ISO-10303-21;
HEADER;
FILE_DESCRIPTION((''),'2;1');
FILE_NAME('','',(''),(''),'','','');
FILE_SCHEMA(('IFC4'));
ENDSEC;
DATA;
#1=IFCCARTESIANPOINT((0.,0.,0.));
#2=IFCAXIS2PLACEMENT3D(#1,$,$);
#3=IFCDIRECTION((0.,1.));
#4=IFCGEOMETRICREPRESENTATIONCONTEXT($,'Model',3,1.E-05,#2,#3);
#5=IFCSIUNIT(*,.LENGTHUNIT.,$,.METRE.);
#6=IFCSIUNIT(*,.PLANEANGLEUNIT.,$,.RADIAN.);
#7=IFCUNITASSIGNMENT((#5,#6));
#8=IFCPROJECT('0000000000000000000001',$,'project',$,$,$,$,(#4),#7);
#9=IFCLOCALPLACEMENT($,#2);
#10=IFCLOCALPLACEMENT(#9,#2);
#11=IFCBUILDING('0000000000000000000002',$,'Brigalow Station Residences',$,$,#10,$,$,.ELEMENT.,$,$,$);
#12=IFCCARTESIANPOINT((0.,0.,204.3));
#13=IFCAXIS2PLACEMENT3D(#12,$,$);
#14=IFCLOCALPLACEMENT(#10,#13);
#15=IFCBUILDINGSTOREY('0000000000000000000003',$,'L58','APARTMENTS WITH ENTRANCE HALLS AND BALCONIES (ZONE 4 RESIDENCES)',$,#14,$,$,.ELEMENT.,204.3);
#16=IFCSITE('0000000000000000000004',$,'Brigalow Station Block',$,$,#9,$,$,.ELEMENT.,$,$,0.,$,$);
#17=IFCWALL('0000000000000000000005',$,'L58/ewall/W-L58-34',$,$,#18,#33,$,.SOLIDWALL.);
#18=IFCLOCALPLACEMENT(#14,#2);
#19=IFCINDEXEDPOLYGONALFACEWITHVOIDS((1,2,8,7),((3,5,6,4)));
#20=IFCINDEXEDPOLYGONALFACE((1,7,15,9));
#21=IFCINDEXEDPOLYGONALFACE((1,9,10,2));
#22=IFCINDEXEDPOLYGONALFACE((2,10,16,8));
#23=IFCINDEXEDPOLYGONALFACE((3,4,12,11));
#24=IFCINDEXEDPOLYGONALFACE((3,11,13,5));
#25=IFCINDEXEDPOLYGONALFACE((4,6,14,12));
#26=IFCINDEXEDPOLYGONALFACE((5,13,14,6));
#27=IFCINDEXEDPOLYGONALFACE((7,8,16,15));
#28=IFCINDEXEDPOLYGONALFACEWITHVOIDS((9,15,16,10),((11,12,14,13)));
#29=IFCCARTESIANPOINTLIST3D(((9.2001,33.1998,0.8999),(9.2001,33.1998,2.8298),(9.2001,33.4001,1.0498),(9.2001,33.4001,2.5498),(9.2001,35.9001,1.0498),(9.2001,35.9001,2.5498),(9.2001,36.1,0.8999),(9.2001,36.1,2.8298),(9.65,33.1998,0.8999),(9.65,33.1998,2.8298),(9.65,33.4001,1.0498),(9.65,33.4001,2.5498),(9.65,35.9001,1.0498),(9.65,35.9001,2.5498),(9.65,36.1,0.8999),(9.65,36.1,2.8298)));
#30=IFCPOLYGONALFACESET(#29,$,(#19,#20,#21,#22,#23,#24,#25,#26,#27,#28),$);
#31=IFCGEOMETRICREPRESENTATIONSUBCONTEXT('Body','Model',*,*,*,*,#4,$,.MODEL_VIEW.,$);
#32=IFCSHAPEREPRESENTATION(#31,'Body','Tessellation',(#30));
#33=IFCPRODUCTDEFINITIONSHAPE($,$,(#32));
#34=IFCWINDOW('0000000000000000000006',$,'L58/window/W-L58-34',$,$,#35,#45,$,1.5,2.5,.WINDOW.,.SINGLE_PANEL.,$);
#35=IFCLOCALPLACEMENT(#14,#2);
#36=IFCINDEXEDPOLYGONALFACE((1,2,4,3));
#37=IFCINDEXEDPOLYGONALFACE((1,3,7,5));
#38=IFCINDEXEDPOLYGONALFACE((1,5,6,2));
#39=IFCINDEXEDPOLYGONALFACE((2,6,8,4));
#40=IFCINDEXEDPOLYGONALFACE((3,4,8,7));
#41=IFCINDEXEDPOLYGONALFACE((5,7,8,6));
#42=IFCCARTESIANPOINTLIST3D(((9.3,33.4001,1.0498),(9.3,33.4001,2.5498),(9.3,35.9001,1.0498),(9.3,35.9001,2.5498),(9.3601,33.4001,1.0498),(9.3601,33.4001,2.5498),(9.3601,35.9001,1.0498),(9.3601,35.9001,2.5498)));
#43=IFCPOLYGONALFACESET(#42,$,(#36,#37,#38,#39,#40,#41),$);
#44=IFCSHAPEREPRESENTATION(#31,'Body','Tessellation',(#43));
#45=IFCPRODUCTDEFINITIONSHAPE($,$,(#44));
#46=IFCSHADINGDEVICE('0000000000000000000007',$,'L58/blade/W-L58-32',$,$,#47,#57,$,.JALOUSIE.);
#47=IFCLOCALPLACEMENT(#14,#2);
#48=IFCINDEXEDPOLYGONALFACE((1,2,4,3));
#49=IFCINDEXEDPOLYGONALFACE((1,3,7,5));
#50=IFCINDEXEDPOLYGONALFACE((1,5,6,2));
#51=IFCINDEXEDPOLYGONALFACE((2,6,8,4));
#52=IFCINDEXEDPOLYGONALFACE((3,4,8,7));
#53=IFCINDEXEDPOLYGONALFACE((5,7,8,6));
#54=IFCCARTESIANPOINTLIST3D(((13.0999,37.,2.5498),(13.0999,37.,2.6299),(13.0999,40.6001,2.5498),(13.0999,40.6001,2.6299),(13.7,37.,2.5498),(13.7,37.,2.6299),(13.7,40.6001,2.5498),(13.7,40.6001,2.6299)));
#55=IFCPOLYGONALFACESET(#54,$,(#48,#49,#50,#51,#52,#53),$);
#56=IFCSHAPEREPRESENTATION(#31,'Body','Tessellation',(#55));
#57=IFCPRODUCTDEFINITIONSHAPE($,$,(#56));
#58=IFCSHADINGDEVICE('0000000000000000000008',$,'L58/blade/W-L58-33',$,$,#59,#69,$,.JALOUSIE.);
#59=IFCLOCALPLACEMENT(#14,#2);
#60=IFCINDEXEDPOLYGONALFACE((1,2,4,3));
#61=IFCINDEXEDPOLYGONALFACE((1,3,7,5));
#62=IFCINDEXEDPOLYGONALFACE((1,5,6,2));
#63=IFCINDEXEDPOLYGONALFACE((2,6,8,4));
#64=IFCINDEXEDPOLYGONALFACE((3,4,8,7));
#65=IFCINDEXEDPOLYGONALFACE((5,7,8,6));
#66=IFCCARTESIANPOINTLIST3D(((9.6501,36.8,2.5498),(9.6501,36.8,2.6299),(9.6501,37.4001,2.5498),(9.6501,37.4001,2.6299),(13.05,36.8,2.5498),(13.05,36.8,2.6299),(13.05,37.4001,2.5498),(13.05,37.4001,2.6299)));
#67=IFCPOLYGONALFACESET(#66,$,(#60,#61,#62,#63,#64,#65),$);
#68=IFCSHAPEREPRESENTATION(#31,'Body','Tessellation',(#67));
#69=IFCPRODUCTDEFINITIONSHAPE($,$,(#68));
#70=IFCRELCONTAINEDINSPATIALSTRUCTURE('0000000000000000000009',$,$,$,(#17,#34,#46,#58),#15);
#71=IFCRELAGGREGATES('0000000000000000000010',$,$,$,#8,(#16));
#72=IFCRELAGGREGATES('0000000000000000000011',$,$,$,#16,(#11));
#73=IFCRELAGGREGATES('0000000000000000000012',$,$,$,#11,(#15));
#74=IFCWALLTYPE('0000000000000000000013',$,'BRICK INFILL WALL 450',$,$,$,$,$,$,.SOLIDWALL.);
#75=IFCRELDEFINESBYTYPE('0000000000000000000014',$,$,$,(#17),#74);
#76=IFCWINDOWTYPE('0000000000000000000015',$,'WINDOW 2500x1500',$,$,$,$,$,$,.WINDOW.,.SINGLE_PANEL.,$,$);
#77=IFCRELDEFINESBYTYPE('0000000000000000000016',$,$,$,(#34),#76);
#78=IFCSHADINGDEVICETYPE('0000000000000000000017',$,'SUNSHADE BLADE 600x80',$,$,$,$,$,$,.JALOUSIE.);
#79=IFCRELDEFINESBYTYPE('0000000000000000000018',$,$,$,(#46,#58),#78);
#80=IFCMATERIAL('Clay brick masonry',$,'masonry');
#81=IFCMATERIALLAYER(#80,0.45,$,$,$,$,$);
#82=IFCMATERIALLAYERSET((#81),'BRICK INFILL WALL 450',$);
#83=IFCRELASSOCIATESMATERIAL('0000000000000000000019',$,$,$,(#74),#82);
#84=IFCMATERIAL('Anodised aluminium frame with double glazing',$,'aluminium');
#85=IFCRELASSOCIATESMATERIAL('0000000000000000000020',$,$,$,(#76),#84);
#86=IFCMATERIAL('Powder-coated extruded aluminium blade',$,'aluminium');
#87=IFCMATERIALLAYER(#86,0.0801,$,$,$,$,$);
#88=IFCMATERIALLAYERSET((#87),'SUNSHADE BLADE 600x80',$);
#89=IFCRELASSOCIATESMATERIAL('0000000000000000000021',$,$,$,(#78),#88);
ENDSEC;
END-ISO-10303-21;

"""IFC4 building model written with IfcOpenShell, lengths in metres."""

from ifc_helpers import new_model, si_unit, direction, frame, frame_2d, origin, origin_2d, place, context, subcontext, project, spatial, rectangle, extrude, material, layer, layer_set, type_object, element, fill, save


model = new_model("IFC4")

# Units and contexts
model_context = context("Model", 3, precision=1e-05, world=origin(), true_north=direction((0.0, 1.0)))
body_context = subcontext(model_context, "Body", "Model", "MODEL_VIEW")
ifc_project = project(units=[si_unit("LENGTHUNIT", "METRE"), si_unit("PLANEANGLEUNIT", "RADIAN")], contexts=[model_context])

# Site, building, storey
site_placement = place(None, origin())
site = spatial("IfcSite", under=ifc_project, at=site_placement, Name="Brigalow Station Block", CompositionType="ELEMENT", RefElevation=0.0)
building_placement = place(site_placement, origin())
building = spatial("IfcBuilding", under=site, at=building_placement, Name="Brigalow Station Residences", CompositionType="ELEMENT")
storey_placement = place(building_placement, frame((0.0, 0.0, 204.3)))
storey = spatial("IfcBuildingStorey", under=building, at=storey_placement, Name="L58", Description="APARTMENTS WITH ENTRANCE HALLS AND BALCONIES (ZONE 4 RESIDENCES)", CompositionType="ELEMENT", Elevation=204.3)

# Shared definitions
ifc_material_1 = material(Name="Clay brick masonry", Category="masonry")
ifc_layer_1 = layer(ifc_material_1, 0.45)
ifc_layer_set_1 = layer_set([ifc_layer_1], Name="BRICK INFILL WALL 450")
wall_type = type_object("IfcWallType", Name="BRICK INFILL WALL 450", PredefinedType="SOLIDWALL", material=ifc_layer_set_1)

# Wall, opening, window
wall_1_placement = place(storey_placement, frame((9.425, 36.1001, 0.8999), z_axis=(0.0, 0.0, 1.0), x_axis=(0.0, -1.0, 0.0)))
wall_1 = element("IfcWall", 1, at=wall_1_placement, inside=storey, type_object=wall_type, Name="L58/ewall/W-L58-34", PredefinedType="SOLIDWALL", context=body_context, shape_type="SweptSolid", body=[
    extrude(rectangle(XDim=2.9001, YDim=0.45, at=frame_2d((1.4502, 0.0))), origin(), (0.0, 0.0, 1.0), 1.9299),
])
opening_1_placement = place(wall_1_placement, frame((0.2, 0.0, 0.1499)))
opening_1 = element("IfcOpeningElement", 2, at=opening_1_placement, cuts=wall_1, PredefinedType="OPENING", context=body_context, shape_type="SweptSolid", body=[
    extrude(rectangle(XDim=2.5, YDim=1.5, at=frame_2d((1.25, 0.75))), frame((0.0, 0.2349, 0.0), z_axis=(0.0, -1.0, 0.0), x_axis=(1.0, 0.0, 0.0)), (0.0, 0.0, 1.0), 0.47),
])
ifc_material_2 = material(Name="Anodised aluminium frame with double glazing", Category="aluminium")
window_type_1 = type_object("IfcWindowType", Name="WINDOW 2500x1500", PartitioningType="SINGLE_PANEL", PredefinedType="WINDOW", material=ifc_material_2)
window_1_placement = place(opening_1_placement, origin())
window_1 = element("IfcWindow", 3, at=window_1_placement, inside=storey, type_object=window_type_1, Name="L58/window/W-L58-34", OverallHeight=1.5, OverallWidth=2.5, PartitioningType="SINGLE_PANEL", PredefinedType="WINDOW", context=body_context, shape_type="SweptSolid", body=[
    extrude(rectangle(XDim=2.5, YDim=1.5, at=frame_2d((1.25, 0.75))), frame((0.0, -0.0649, 0.0), z_axis=(0.0, -1.0, 0.0), x_axis=(1.0, 0.0, 0.0)), (0.0, 0.0, 1.0), 0.0601),
])
fill(opening_1, window_1)

# Shading devices
ifc_material_3 = material(Name="Powder-coated extruded aluminium blade", Category="aluminium")
ifc_layer_2 = layer(ifc_material_3, 0.0801)
ifc_layer_set_2 = layer_set([ifc_layer_2], Name="SUNSHADE BLADE 600x80")
shading_device_type = type_object("IfcShadingDeviceType", Name="SUNSHADE BLADE 600x80", PredefinedType="JALOUSIE", material=ifc_layer_set_2)
shading_device_1_placement = place(storey_placement, frame((13.3999, 38.8, 2.5498), z_axis=(0.0, 0.0, 1.0), x_axis=(0.0, -1.0, 0.0)))
element("IfcShadingDevice", 4, at=shading_device_1_placement, inside=storey, type_object=shading_device_type, Name="L58/blade/W-L58-32", PredefinedType="JALOUSIE", context=body_context, shape_type="SweptSolid", body=[
    extrude(rectangle(XDim=3.6001, YDim=0.6001, at=origin_2d()), origin(), (0.0, 0.0, 1.0), 0.0801),
])
shading_device_2_placement = place(storey_placement, frame((11.3501, 37.1001, 2.5498), z_axis=(0.0, 0.0, 1.0), x_axis=(-1.0, 0.0, 0.0)))
element("IfcShadingDevice", 5, at=shading_device_2_placement, inside=storey, type_object=shading_device_type, Name="L58/blade/W-L58-33", PredefinedType="JALOUSIE", context=body_context, shape_type="SweptSolid", body=[
    extrude(rectangle(XDim=3.3999, YDim=0.6001, at=origin_2d()), origin(), (0.0, 0.0, 1.0), 0.0801),
])

save(model, "model.ifc")
